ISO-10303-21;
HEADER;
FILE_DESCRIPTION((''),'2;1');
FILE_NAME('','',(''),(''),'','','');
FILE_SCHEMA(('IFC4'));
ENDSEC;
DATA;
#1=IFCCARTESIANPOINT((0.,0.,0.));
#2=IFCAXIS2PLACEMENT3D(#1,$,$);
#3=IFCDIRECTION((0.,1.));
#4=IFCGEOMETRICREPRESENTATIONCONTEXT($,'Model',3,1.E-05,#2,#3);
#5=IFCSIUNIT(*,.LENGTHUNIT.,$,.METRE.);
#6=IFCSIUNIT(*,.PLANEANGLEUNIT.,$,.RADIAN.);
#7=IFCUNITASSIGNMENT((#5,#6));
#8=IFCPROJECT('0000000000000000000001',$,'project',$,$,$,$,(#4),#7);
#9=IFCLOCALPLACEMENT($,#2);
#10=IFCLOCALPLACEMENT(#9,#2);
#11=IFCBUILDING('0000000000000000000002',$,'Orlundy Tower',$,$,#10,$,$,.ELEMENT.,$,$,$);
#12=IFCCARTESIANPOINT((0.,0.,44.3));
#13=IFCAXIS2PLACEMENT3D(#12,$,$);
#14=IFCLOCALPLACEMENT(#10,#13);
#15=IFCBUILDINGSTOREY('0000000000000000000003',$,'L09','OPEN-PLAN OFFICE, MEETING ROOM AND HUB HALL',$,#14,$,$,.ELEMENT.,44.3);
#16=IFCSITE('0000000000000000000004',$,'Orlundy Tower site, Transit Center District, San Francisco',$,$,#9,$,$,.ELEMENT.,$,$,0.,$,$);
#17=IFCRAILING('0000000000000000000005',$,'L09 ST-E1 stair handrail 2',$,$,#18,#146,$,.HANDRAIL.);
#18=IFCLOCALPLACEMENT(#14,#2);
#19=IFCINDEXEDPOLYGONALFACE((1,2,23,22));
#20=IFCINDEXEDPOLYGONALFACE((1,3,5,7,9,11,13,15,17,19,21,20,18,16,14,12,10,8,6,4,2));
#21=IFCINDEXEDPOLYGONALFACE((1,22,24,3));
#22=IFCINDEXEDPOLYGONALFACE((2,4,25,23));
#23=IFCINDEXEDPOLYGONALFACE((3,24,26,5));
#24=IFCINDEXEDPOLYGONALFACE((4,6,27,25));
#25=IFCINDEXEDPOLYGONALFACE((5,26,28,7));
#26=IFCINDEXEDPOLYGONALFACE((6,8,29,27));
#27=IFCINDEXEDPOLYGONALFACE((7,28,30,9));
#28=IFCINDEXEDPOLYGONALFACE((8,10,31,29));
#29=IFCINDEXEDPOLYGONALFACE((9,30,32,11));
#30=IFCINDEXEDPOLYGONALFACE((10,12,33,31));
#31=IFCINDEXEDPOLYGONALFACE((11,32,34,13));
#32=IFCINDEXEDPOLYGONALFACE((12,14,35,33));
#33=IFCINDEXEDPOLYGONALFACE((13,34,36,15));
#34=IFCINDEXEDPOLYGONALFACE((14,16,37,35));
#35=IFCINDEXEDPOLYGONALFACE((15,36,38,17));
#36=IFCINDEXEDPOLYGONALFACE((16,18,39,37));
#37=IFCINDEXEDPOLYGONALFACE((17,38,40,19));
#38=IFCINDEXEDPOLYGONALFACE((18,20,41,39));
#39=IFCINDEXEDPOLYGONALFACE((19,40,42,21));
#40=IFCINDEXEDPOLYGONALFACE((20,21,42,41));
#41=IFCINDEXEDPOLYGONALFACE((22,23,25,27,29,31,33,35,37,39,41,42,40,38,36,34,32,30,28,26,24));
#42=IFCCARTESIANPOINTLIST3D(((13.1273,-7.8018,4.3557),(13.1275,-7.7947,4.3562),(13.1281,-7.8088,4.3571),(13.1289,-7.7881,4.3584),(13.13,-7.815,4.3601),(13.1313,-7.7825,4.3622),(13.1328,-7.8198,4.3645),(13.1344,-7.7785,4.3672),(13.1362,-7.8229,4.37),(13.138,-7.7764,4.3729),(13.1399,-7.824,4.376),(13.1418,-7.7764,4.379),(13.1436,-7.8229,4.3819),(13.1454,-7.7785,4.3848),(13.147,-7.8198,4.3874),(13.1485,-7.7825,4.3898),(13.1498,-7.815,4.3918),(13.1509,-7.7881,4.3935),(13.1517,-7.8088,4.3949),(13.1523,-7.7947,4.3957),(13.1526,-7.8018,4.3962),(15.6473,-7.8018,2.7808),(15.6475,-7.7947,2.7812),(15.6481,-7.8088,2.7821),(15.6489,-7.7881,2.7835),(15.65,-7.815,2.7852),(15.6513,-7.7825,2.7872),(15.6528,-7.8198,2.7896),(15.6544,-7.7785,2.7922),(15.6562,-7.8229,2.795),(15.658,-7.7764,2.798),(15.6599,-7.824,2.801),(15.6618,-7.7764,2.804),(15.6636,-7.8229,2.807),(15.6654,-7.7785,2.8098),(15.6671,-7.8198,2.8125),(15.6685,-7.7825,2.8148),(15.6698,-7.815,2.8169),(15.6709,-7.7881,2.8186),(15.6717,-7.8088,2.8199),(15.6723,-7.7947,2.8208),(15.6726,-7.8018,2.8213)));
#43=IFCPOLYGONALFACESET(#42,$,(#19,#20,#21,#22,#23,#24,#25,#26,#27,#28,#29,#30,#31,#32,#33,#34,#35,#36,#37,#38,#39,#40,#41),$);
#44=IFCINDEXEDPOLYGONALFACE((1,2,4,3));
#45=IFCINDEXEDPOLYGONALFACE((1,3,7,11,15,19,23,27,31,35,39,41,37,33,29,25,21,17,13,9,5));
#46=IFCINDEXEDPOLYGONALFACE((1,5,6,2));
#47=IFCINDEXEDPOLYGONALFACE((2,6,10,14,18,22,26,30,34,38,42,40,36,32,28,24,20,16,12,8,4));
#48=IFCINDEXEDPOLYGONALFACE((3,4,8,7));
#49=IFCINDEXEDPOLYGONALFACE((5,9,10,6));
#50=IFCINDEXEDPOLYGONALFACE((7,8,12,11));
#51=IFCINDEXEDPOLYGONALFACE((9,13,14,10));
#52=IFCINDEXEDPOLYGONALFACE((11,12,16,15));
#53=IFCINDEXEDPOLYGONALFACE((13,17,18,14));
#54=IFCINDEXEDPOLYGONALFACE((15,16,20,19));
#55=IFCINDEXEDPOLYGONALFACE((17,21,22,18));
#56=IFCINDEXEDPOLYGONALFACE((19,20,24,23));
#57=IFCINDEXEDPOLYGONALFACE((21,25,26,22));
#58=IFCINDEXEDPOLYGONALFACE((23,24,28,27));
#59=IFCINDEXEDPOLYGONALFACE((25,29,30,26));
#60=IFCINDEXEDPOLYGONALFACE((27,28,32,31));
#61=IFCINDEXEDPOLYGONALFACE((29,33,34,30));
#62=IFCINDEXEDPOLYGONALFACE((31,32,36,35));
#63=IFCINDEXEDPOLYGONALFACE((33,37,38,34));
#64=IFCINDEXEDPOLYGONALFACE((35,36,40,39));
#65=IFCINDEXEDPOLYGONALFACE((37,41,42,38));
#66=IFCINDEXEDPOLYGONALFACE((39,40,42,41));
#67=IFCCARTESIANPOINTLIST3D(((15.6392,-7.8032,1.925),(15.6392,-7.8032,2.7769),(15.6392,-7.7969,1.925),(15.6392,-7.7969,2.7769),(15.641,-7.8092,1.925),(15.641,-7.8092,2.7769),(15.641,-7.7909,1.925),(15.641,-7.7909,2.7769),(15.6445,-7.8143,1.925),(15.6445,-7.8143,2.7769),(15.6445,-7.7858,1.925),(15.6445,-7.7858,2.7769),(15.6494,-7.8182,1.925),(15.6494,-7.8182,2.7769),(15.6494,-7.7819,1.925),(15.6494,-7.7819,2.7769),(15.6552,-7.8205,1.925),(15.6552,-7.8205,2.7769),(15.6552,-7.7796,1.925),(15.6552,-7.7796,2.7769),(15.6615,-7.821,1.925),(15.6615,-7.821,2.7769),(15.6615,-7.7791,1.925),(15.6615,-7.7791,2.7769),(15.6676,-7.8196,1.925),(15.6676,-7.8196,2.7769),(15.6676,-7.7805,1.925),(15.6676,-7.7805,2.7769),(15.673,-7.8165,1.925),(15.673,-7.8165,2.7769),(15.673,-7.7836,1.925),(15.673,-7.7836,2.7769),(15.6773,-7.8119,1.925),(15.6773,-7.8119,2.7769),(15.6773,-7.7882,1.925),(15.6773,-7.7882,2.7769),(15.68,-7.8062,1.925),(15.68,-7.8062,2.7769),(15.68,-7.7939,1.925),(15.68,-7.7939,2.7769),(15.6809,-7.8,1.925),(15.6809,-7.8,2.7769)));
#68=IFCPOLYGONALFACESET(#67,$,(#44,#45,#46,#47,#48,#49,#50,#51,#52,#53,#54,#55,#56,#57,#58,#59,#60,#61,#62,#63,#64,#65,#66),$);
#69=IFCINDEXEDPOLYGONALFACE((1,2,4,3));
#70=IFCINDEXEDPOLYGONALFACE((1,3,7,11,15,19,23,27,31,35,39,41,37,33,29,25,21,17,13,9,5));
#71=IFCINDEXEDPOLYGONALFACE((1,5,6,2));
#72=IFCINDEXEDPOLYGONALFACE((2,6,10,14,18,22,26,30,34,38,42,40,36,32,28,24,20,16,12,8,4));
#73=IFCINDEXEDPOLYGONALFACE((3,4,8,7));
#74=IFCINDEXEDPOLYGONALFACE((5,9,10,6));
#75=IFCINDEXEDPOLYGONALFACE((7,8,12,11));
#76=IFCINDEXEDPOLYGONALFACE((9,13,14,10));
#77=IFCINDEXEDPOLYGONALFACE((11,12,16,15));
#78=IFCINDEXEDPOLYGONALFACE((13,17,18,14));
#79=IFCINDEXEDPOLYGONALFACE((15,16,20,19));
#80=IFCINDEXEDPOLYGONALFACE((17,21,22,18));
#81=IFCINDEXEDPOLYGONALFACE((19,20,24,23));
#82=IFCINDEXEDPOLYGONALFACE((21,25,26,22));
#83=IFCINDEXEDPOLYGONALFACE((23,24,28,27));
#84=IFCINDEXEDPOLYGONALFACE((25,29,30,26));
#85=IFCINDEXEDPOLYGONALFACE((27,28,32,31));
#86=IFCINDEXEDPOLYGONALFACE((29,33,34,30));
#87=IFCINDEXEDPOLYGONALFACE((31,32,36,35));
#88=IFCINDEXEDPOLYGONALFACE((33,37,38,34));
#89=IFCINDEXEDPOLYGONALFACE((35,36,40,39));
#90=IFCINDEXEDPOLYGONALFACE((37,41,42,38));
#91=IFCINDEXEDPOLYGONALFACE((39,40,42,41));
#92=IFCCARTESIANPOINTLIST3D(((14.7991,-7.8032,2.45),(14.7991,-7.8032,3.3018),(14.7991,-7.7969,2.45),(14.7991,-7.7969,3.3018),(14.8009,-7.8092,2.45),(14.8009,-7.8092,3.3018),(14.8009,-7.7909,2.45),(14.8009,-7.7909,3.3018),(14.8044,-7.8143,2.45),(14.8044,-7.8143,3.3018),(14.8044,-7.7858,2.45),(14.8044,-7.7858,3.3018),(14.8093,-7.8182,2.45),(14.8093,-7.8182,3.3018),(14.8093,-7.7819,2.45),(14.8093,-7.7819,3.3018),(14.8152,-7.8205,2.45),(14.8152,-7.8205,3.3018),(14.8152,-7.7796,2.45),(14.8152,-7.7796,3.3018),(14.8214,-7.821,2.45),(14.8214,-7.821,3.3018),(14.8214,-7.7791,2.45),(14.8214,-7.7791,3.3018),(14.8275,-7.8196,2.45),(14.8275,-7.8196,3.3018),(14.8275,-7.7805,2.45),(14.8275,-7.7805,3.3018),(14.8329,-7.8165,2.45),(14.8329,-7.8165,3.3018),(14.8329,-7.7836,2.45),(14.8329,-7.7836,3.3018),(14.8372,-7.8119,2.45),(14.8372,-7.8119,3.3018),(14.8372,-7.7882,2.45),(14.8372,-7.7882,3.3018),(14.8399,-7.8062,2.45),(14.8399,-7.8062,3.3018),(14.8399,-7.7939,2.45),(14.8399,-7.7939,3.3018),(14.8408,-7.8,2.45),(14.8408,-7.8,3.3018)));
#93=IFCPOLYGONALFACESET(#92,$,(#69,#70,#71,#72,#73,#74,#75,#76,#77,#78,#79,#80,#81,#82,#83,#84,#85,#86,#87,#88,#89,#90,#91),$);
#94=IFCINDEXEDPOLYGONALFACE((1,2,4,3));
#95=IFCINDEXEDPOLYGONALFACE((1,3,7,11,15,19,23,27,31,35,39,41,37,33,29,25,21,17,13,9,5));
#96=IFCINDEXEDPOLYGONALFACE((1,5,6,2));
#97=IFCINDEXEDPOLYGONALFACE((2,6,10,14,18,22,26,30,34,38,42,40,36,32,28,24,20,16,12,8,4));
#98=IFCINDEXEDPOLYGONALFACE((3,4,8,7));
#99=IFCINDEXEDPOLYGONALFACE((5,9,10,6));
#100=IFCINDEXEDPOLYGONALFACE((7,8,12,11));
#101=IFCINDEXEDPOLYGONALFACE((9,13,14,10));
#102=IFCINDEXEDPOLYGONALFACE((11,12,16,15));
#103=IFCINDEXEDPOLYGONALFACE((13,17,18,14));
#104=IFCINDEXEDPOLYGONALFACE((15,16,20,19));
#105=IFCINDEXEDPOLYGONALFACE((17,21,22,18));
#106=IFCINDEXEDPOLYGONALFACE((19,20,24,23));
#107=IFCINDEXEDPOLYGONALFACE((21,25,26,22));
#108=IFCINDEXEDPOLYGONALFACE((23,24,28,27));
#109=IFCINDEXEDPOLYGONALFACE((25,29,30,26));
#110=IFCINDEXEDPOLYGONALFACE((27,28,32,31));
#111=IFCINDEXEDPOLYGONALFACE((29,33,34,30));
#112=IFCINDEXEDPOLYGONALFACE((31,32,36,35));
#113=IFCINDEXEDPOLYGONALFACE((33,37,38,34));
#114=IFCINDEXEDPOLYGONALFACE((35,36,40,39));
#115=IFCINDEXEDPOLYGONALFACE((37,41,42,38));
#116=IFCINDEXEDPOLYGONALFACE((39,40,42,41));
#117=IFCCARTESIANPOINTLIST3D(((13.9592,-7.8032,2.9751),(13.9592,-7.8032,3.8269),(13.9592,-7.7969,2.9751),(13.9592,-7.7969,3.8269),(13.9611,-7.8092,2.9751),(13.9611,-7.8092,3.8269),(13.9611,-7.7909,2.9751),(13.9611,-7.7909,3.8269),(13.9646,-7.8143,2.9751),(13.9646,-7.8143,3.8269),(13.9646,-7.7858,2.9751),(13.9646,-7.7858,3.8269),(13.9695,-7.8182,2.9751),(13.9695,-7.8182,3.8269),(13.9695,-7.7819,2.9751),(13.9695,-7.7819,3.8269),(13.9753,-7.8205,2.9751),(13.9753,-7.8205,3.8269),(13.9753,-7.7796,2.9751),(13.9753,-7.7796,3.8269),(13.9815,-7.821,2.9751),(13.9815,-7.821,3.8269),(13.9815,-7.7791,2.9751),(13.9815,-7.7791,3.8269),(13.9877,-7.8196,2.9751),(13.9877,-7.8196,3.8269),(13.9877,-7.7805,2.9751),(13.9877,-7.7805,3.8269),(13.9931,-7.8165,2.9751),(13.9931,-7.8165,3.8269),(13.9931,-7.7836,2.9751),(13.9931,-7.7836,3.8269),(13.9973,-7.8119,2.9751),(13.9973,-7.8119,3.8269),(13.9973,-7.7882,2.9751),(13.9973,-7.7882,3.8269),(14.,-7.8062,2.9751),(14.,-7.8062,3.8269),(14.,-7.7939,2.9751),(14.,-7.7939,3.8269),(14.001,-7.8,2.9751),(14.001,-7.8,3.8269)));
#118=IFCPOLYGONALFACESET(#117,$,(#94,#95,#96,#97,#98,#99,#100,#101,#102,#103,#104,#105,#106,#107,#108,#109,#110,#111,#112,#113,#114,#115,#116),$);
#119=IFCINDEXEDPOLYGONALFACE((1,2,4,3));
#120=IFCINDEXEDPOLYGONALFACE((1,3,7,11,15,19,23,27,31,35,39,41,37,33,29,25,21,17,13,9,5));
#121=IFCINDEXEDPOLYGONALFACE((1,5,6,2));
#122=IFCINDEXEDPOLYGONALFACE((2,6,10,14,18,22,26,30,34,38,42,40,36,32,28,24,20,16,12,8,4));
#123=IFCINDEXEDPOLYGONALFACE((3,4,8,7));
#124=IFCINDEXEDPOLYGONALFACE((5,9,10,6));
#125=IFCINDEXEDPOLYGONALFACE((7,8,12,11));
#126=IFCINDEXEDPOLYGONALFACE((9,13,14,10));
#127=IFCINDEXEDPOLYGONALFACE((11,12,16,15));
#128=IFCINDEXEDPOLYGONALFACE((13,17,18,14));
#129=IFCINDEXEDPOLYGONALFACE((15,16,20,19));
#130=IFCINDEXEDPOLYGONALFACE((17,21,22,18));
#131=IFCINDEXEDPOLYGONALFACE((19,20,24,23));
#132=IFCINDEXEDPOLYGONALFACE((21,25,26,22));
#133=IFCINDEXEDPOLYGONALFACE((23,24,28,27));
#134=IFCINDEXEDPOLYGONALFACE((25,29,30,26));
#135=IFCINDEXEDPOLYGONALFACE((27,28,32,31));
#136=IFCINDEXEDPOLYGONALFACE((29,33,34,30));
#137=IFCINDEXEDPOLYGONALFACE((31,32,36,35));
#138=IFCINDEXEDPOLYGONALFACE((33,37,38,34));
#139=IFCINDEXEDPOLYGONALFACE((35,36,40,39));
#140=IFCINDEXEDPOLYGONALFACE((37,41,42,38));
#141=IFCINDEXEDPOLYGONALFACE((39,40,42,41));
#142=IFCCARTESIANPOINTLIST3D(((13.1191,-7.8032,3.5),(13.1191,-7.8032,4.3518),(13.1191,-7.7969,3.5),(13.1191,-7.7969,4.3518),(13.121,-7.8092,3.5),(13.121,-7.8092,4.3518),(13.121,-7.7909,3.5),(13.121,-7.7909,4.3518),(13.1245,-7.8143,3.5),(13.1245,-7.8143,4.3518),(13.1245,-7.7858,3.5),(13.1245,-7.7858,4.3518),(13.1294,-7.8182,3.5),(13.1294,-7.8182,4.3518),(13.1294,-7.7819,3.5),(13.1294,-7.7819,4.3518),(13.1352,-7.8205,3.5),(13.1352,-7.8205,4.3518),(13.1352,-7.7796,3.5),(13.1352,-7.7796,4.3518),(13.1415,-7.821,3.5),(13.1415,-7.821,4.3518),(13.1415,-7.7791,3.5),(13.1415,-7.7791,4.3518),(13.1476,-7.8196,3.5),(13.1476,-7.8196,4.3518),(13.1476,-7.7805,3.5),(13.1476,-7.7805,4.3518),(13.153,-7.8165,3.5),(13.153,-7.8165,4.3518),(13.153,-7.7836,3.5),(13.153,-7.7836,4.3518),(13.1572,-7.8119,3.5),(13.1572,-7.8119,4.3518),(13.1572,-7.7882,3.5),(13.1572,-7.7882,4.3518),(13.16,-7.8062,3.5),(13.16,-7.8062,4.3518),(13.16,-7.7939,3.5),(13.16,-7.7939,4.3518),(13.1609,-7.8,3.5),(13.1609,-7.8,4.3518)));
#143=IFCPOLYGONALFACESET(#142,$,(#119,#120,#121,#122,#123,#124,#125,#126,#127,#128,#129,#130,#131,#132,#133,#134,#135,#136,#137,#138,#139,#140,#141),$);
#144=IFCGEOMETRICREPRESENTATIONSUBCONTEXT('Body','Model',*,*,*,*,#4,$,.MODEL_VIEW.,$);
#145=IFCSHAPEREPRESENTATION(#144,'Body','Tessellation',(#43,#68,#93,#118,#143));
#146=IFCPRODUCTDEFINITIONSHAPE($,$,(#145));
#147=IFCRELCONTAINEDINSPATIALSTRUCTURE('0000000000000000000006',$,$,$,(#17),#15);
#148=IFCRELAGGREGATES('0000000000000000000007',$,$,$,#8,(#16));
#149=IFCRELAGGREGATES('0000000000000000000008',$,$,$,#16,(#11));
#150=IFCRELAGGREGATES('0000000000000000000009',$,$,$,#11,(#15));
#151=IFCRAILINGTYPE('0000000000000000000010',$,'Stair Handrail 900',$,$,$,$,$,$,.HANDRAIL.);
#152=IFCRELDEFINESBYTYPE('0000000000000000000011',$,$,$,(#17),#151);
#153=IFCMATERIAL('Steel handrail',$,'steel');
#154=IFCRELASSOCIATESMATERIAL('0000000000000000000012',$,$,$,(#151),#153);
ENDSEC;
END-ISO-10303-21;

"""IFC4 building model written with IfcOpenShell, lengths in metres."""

from ifc_helpers import new_model, si_unit, direction, frame, origin, origin_2d, place, context, subcontext, project, spatial, circle, extrude, material, type_object, element, save


model = new_model("IFC4")

# Units and contexts
model_context = context("Model", 3, precision=1e-05, world=origin(), true_north=direction((0.0, 1.0)))
body_context = subcontext(model_context, "Body", "Model", "MODEL_VIEW")
ifc_project = project(units=[si_unit("LENGTHUNIT", "METRE"), si_unit("PLANEANGLEUNIT", "RADIAN")], contexts=[model_context])

# Site, building, storey
site_placement = place(None, origin())
site = spatial("IfcSite", under=ifc_project, at=site_placement, Name="Orlundy Tower site, Transit Center District, San Francisco", CompositionType="ELEMENT", RefElevation=0.0)
building_placement = place(site_placement, origin())
building = spatial("IfcBuilding", under=site, at=building_placement, Name="Orlundy Tower", CompositionType="ELEMENT")
storey_placement = place(building_placement, frame((0.0, 0.0, 44.3)))
storey = spatial("IfcBuildingStorey", under=building, at=storey_placement, Name="L09", Description="OPEN-PLAN OFFICE, MEETING ROOM AND HUB HALL", CompositionType="ELEMENT", Elevation=44.3)

# Railing
ifc_material_1 = material(Name="Steel handrail", Category="steel")
railing_type_1 = type_object("IfcRailingType", Name="Stair Handrail 900", PredefinedType="HANDRAIL", material=ifc_material_1)
railing_1_placement = place(storey_placement, frame((15.6599, -7.8, 1.925)))
element("IfcRailing", 1, at=railing_1_placement, inside=storey, type_object=railing_type_1, Name="L09 ST-E1 stair handrail 2", PredefinedType="HANDRAIL", context=body_context, shape_type="SweptSolid", body=[
    extrude(circle(Radius=0.0239, at=origin_2d()), frame((0.0, 0.0, 0.876), z_axis=(-0.848008, 0.0, 0.529984), x_axis=(0.0, -1.0, 0.0)), (0.0, 0.0, 1.0), 2.9717),
    extrude(circle(Radius=0.021, at=origin_2d()), origin(), (0.0, 0.0, 1.0), 0.8518),
    extrude(circle(Radius=0.021, at=origin_2d()), frame((-0.8401, 0.0, 0.5249)), (0.0, 0.0, 1.0), 0.8518),
    extrude(circle(Radius=0.021, at=origin_2d()), frame((-1.6799, 0.0, 1.05)), (0.0, 0.0, 1.0), 0.8518),
    extrude(circle(Radius=0.021, at=origin_2d()), frame((-2.52, 0.0, 1.575)), (0.0, 0.0, 1.0), 0.8518),
])

save(model, "model.ifc")
